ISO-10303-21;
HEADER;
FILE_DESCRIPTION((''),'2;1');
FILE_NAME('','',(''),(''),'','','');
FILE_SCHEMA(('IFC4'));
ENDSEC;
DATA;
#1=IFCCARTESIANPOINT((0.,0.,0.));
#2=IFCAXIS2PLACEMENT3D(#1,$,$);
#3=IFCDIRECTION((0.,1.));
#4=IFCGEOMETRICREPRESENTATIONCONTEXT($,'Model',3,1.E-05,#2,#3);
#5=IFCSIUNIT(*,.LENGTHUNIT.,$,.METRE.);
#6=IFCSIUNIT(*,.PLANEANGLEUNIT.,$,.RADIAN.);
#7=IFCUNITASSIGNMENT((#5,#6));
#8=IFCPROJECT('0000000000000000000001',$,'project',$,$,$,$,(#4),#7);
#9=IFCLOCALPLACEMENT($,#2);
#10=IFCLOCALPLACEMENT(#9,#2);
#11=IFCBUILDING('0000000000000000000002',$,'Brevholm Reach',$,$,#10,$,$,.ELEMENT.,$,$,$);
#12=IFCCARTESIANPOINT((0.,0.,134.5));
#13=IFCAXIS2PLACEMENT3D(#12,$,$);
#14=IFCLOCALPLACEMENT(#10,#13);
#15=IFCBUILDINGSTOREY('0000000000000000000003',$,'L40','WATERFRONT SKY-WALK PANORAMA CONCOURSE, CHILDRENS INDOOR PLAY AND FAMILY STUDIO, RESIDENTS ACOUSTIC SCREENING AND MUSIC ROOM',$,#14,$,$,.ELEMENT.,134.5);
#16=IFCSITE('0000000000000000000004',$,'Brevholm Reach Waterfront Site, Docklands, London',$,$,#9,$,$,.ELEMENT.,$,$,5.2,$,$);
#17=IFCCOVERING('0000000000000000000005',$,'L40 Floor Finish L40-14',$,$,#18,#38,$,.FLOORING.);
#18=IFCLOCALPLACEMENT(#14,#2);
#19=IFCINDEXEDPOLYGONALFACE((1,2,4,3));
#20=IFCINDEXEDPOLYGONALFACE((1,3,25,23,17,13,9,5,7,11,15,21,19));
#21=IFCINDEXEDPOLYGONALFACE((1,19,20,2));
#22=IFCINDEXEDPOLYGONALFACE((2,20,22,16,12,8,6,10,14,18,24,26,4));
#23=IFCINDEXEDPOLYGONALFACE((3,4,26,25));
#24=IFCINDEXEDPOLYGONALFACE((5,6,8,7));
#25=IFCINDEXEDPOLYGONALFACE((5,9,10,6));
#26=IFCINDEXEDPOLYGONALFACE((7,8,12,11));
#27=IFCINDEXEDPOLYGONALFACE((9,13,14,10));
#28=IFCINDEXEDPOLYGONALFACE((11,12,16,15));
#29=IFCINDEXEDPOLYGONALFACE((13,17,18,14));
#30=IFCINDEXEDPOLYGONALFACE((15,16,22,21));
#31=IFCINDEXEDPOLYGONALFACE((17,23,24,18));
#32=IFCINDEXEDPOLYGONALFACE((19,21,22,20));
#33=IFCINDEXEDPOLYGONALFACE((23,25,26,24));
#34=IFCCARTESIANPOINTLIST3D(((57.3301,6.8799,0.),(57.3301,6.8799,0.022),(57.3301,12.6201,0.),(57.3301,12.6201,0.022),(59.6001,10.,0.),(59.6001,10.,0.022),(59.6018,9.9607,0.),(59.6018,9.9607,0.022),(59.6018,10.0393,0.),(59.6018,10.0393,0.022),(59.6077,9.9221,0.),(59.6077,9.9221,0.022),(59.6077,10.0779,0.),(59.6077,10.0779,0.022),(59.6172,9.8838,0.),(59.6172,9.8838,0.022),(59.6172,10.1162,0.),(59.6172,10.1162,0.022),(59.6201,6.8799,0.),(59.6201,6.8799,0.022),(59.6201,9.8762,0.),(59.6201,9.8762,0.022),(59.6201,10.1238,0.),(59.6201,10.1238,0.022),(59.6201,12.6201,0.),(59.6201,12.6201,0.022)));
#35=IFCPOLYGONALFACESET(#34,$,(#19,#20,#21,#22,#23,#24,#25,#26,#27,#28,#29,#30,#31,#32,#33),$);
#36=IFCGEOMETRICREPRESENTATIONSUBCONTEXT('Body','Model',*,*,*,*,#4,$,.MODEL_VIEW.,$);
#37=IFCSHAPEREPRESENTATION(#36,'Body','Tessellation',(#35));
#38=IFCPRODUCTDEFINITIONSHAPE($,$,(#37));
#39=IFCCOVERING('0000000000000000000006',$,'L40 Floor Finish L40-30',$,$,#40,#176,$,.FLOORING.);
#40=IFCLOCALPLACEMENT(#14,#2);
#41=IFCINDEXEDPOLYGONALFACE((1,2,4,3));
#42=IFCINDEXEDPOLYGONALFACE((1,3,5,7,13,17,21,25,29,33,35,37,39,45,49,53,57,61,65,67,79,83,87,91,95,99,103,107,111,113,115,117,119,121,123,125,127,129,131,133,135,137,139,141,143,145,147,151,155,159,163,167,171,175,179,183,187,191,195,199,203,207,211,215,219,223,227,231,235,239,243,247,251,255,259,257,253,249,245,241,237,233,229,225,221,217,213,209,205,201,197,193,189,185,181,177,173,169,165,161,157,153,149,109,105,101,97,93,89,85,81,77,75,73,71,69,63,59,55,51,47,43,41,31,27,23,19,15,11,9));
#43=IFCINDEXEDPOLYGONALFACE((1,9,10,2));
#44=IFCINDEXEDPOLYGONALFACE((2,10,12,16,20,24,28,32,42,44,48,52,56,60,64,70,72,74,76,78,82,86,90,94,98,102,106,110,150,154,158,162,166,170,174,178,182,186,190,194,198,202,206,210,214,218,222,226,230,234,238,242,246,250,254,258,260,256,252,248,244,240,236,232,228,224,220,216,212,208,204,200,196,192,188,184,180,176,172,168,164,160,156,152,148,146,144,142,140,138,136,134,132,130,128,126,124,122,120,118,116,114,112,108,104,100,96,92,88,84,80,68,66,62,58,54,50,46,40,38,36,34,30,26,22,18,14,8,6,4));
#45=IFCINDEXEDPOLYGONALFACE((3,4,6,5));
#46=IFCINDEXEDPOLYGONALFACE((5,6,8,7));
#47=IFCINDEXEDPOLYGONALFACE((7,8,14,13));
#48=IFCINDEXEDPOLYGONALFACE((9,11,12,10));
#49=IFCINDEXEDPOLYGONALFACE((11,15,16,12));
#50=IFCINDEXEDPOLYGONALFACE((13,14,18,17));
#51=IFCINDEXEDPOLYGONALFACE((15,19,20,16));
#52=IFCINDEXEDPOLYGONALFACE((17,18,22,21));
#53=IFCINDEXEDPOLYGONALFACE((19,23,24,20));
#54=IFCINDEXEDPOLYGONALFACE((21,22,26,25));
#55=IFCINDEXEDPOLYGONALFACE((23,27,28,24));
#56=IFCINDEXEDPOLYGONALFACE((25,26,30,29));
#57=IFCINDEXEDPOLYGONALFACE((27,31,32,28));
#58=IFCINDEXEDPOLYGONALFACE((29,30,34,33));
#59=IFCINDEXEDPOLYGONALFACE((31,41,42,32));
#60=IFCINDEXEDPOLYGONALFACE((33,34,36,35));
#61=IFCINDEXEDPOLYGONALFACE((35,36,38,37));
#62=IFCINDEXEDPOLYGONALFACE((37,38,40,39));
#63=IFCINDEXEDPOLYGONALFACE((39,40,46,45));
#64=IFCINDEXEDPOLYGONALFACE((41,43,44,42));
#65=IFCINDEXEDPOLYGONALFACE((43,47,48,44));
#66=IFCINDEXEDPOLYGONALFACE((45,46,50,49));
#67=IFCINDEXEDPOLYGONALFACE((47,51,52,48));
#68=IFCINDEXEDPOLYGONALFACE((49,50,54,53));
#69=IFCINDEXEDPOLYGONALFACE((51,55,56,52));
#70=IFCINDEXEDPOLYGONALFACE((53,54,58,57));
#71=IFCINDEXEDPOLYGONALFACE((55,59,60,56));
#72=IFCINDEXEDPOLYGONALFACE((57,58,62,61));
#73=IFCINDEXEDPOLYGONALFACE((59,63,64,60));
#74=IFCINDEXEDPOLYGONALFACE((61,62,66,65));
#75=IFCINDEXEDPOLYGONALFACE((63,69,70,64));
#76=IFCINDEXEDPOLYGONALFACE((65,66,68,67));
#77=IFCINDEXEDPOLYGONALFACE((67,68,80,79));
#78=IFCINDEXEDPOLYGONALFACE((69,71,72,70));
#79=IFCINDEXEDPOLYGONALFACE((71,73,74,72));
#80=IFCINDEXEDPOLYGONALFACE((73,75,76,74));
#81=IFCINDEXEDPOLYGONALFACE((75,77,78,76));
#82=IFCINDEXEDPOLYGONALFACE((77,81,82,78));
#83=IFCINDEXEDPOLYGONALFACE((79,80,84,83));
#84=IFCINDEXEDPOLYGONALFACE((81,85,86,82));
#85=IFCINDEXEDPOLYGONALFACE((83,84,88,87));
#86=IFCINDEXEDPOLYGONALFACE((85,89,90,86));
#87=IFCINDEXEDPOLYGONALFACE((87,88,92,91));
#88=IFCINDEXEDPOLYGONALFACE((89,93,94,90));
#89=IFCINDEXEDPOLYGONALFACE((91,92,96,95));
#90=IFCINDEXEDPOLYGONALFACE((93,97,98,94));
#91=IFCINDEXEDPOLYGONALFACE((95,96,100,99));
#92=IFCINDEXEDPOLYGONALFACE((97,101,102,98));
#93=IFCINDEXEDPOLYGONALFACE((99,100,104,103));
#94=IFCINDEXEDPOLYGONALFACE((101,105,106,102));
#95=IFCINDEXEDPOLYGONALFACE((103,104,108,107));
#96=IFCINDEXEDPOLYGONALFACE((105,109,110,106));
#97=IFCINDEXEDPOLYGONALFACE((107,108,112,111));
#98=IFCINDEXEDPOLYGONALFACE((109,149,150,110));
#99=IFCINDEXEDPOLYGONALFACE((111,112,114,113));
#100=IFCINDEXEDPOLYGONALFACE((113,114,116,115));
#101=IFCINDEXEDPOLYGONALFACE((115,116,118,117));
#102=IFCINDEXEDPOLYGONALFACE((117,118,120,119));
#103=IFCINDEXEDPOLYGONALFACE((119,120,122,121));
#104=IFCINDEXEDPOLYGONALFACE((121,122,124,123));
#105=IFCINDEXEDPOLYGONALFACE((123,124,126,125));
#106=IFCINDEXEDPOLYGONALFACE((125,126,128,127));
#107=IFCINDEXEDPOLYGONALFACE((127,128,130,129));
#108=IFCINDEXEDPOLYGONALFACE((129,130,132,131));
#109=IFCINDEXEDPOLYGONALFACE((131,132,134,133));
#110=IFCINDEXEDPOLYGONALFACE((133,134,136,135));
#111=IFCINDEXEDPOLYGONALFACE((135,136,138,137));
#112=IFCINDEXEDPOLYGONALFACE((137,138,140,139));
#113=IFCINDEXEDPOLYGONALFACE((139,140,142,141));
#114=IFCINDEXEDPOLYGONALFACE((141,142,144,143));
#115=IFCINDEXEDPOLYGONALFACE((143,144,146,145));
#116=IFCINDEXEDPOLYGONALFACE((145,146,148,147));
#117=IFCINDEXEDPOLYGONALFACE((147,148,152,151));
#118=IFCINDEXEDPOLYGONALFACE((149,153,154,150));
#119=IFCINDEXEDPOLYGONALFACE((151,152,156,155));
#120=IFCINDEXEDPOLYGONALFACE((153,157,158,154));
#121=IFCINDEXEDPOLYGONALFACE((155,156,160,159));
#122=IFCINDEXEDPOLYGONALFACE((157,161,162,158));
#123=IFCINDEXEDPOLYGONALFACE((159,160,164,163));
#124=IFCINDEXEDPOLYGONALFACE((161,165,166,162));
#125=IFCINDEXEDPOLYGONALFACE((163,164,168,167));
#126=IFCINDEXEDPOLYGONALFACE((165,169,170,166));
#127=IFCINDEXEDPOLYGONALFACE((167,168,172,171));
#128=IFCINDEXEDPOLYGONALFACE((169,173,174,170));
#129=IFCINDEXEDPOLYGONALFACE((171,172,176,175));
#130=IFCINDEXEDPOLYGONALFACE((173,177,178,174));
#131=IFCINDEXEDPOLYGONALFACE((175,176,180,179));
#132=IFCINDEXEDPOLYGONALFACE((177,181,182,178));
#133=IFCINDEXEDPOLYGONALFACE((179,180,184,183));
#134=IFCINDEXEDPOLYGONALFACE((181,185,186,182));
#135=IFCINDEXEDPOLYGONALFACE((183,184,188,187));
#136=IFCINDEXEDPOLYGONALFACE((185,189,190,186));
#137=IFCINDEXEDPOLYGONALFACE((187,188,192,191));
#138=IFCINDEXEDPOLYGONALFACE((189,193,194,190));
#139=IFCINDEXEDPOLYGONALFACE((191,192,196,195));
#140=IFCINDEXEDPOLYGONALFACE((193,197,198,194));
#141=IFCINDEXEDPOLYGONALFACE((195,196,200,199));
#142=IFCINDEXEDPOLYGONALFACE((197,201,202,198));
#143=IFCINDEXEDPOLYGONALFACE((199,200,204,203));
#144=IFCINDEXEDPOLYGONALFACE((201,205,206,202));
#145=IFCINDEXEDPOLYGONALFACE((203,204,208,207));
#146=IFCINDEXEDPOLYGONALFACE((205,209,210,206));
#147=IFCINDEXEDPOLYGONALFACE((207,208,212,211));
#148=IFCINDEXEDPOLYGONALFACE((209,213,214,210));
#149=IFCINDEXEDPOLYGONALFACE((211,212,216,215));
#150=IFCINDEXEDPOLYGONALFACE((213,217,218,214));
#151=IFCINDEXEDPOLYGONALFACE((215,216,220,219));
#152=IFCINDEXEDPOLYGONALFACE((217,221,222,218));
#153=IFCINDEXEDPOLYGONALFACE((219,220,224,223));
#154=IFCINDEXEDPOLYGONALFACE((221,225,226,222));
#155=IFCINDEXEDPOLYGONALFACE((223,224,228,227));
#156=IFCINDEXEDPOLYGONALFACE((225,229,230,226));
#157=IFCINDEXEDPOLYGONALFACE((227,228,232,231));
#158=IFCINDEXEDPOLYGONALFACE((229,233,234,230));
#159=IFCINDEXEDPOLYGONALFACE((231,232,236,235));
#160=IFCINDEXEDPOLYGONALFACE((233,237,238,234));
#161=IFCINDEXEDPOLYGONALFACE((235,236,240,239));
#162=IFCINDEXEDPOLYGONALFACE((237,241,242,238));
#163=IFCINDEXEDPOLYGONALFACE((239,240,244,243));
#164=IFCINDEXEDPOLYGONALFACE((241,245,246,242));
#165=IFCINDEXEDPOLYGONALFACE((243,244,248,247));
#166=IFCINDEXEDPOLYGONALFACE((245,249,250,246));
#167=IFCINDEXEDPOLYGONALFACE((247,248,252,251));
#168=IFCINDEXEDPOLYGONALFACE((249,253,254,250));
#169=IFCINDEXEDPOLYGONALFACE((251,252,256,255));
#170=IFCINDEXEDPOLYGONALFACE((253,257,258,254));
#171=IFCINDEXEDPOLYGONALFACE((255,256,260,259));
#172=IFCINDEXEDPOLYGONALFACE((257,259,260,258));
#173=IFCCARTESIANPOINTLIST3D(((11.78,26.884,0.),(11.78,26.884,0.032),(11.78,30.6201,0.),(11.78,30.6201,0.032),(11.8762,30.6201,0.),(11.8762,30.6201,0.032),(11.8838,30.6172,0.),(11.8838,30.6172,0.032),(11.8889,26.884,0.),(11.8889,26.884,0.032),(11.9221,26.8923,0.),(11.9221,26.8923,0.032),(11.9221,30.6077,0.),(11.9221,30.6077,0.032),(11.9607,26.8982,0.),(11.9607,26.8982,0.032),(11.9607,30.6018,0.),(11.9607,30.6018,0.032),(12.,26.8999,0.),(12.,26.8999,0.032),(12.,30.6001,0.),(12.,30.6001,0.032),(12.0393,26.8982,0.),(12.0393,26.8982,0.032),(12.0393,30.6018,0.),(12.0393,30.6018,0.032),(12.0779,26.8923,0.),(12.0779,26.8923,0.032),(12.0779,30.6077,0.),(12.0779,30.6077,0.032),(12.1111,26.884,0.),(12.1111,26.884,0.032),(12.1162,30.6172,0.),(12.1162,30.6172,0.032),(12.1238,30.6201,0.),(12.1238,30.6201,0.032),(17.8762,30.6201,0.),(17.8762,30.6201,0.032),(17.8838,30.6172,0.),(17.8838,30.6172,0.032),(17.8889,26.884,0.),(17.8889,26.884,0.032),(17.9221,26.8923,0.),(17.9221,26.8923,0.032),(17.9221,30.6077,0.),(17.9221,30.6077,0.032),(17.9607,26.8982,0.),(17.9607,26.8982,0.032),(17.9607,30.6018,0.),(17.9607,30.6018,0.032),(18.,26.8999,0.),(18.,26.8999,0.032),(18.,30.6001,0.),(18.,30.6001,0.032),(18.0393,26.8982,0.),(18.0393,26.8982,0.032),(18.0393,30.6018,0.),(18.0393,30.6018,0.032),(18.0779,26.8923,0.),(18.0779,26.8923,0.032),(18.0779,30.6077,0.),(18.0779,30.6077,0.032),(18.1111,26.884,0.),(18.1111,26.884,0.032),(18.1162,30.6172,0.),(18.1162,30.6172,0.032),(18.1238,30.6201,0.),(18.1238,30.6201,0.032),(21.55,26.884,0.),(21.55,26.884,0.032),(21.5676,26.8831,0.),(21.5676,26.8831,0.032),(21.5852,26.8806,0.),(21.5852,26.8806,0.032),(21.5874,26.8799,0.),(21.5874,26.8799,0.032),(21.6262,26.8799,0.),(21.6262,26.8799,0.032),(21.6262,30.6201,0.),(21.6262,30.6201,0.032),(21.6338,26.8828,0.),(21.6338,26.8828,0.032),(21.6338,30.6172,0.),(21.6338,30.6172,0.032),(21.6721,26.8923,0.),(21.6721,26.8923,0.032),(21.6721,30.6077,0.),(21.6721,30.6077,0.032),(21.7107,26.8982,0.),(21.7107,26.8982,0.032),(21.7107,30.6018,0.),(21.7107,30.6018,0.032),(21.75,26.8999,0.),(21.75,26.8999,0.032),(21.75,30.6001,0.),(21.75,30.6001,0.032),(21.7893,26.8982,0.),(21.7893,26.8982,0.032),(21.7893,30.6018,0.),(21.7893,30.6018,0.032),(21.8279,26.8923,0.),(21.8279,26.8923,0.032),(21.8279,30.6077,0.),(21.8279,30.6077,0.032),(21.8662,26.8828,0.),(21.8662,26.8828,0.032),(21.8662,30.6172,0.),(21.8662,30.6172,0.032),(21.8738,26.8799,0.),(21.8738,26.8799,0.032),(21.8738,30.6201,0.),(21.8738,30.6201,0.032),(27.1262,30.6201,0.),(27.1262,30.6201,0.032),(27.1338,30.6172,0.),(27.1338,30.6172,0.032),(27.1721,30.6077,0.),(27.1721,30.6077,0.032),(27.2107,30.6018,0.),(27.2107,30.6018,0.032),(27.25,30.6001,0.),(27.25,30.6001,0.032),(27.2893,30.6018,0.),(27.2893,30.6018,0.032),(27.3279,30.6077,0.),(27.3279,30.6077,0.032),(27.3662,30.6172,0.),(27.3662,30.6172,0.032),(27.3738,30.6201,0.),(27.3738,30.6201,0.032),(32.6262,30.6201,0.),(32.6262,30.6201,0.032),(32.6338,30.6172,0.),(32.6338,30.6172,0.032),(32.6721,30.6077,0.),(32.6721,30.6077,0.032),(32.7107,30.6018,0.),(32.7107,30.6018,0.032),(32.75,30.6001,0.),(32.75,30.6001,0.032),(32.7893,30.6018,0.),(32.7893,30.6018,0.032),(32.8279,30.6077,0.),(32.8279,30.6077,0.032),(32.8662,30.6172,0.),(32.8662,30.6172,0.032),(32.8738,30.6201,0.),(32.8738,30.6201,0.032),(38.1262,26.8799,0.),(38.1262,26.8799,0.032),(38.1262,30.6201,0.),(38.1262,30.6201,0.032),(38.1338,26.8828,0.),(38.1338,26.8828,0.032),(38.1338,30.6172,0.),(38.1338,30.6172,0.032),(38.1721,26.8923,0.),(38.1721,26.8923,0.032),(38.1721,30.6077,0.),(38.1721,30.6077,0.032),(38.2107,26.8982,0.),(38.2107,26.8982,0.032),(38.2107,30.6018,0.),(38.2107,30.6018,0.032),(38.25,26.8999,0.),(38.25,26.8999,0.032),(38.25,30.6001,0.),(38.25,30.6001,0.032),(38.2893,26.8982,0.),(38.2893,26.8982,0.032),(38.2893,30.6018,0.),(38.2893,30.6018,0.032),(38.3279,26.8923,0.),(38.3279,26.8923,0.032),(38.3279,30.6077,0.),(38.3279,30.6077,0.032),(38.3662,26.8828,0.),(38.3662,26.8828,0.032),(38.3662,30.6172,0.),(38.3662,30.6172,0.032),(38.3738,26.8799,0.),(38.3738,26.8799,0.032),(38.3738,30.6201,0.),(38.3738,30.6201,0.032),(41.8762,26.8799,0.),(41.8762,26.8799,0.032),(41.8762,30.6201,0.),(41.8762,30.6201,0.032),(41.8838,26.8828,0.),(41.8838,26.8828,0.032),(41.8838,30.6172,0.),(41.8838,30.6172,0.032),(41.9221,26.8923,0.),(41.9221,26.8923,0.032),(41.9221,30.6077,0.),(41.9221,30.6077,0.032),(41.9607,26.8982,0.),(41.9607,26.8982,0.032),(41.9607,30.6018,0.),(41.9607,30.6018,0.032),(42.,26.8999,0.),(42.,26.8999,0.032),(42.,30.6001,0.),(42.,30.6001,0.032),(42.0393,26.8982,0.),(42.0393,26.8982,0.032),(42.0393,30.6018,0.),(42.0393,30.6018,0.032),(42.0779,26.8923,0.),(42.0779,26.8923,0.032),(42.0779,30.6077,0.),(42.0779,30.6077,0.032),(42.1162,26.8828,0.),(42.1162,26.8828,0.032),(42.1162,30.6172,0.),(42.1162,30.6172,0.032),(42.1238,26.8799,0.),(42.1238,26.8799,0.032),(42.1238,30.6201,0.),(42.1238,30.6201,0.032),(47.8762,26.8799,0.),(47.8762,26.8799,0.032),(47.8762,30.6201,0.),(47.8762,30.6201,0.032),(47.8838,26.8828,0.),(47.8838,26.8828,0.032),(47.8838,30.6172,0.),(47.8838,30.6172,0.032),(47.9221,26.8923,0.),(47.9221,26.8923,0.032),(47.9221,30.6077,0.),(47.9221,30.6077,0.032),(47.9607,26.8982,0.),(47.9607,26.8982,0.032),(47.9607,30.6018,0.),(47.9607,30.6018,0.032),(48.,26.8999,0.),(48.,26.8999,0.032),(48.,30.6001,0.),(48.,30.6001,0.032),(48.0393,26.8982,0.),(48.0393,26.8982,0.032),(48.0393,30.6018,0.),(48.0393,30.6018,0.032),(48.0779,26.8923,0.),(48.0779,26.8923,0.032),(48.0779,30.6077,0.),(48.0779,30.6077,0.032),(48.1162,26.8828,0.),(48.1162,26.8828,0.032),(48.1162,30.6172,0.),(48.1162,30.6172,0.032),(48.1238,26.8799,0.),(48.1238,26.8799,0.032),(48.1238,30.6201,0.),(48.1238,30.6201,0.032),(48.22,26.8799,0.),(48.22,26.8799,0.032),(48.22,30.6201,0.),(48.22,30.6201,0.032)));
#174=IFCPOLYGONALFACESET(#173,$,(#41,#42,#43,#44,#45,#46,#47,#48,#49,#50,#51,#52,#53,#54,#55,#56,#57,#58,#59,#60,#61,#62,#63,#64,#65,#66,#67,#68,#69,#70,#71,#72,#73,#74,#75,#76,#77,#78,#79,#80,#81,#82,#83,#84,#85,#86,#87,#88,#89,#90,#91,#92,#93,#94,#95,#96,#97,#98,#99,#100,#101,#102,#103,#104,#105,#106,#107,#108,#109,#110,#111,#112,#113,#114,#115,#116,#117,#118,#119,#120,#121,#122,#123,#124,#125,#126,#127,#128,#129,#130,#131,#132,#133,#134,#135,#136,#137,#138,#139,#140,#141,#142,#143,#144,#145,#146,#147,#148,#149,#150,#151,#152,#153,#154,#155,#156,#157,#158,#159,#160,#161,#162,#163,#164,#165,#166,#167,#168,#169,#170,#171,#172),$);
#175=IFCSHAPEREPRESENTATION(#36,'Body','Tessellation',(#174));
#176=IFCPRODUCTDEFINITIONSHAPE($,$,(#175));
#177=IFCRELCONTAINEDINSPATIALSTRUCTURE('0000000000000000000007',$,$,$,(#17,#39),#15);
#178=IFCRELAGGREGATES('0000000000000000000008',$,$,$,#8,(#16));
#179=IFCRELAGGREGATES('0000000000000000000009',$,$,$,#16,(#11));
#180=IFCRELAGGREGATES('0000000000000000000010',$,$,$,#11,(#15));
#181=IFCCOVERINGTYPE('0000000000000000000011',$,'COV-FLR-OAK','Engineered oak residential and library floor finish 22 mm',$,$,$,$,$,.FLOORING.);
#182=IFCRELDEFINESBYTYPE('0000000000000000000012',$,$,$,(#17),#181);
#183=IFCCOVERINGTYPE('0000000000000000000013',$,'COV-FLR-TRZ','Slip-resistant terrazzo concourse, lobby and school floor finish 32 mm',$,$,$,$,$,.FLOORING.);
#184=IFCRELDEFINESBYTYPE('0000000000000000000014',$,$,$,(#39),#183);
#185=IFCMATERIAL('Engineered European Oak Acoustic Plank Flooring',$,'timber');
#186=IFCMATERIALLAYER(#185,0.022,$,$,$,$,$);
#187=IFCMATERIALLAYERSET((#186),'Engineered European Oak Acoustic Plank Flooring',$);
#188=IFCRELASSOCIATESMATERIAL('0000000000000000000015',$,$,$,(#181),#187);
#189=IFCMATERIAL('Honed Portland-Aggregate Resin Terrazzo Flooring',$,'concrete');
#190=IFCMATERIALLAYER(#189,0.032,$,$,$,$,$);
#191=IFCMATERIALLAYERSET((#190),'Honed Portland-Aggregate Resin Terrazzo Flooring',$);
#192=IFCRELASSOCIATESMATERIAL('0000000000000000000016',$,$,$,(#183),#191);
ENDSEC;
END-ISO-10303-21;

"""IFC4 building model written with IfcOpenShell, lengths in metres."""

from ifc_helpers import new_model, si_unit, direction, frame, origin, place, context, subcontext, project, spatial, polyline, outline, extrude, material, layer, layer_set, type_object, element, save


model = new_model("IFC4")

# Units and contexts
model_context = context("Model", 3, precision=1e-05, world=origin(), true_north=direction((0.0, 1.0)))
body_context = subcontext(model_context, "Body", "Model", "MODEL_VIEW")
ifc_project = project(units=[si_unit("LENGTHUNIT", "METRE"), si_unit("PLANEANGLEUNIT", "RADIAN")], contexts=[model_context])

# Site, building, storey
site_placement = place(None, origin())
site = spatial("IfcSite", under=ifc_project, at=site_placement, Name="Brevholm Reach Waterfront Site, Docklands, London", CompositionType="ELEMENT", RefElevation=5.2)
building_placement = place(site_placement, origin())
building = spatial("IfcBuilding", under=site, at=building_placement, Name="Brevholm Reach", CompositionType="ELEMENT")
storey_placement = place(building_placement, frame((0.0, 0.0, 134.5)))
storey = spatial("IfcBuildingStorey", under=building, at=storey_placement, Name="L40", Description="WATERFRONT SKY-WALK PANORAMA CONCOURSE, CHILDRENS INDOOR PLAY AND FAMILY STUDIO, RESIDENTS ACOUSTIC SCREENING AND MUSIC ROOM", CompositionType="ELEMENT", Elevation=134.5)

# Coverings
ifc_material_1 = material(Name="Engineered European Oak Acoustic Plank Flooring", Category="timber")
ifc_layer_1 = layer(ifc_material_1, 0.022)
ifc_layer_set_1 = layer_set([ifc_layer_1], Name="Engineered European Oak Acoustic Plank Flooring")
covering_type_1 = type_object("IfcCoveringType", Name="COV-FLR-OAK", Description="Engineered oak residential and library floor finish 22 mm", PredefinedType="FLOORING", material=ifc_layer_set_1)
covering_1_placement = place(storey_placement, origin())
element("IfcCovering", 1, at=covering_1_placement, inside=storey, type_object=covering_type_1, Name="L40 Floor Finish L40-14", PredefinedType="FLOORING", context=body_context, shape_type="SweptSolid", body=[
    extrude(outline(polyline([(57.3301, 12.6201), (59.6201, 12.6201), (59.6201, 10.1238), (59.6172, 10.1162), (59.6077, 10.0779), (59.6018, 10.0393), (59.6001, 10.0), (59.6018, 9.9607), (59.6077, 9.9221), (59.6172, 9.8838), (59.6201, 9.8762), (59.6201, 6.8799), (57.3301, 6.8799), (57.3301, 12.6201)])), origin(), (0.0, 0.0, 1.0), 0.022),
])
ifc_material_2 = material(Name="Honed Portland-Aggregate Resin Terrazzo Flooring", Category="concrete")
ifc_layer_2 = layer(ifc_material_2, 0.032)
ifc_layer_set_2 = layer_set([ifc_layer_2], Name="Honed Portland-Aggregate Resin Terrazzo Flooring")
covering_type_2 = type_object("IfcCoveringType", Name="COV-FLR-TRZ", Description="Slip-resistant terrazzo concourse, lobby and school floor finish 32 mm", PredefinedType="FLOORING", material=ifc_layer_set_2)
covering_2_placement = place(storey_placement, origin())
element("IfcCovering", 2, at=covering_2_placement, inside=storey, type_object=covering_type_2, Name="L40 Floor Finish L40-30", PredefinedType="FLOORING", context=body_context, shape_type="SweptSolid", body=[
    extrude(outline(polyline([(11.78, 30.6201), (11.8762, 30.6201), (11.8838, 30.6172), (11.9221, 30.6077), (11.9607, 30.6018), (12.0, 30.6001), (12.0393, 30.6018), (12.0779, 30.6077), (12.1162, 30.6172), (12.1238, 30.6201), (17.8762, 30.6201), (17.8838, 30.6172), (17.9221, 30.6077), (17.9607, 30.6018), (18.0, 30.6001), (18.0393, 30.6018), (18.0779, 30.6077), (18.1162, 30.6172), (18.1238, 30.6201), (21.6262, 30.6201), (21.6338, 30.6172), (21.6721, 30.6077), (21.7107, 30.6018), (21.75, 30.6001), (21.7893, 30.6018), (21.8279, 30.6077), (21.8662, 30.6172), (21.8738, 30.6201), (27.1262, 30.6201), (27.1338, 30.6172), (27.1721, 30.6077), (27.2107, 30.6018), (27.25, 30.6001), (27.2893, 30.6018), (27.3279, 30.6077), (27.3662, 30.6172), (27.3738, 30.6201), (32.6262, 30.6201), (32.6338, 30.6172), (32.6721, 30.6077), (32.7107, 30.6018), (32.75, 30.6001), (32.7893, 30.6018), (32.8279, 30.6077), (32.8662, 30.6172), (32.8738, 30.6201), (38.1262, 30.6201), (38.1338, 30.6172), (38.1721, 30.6077), (38.2107, 30.6018), (38.25, 30.6001), (38.2893, 30.6018), (38.3279, 30.6077), (38.3662, 30.6172), (38.3738, 30.6201), (41.8762, 30.6201), (41.8838, 30.6172), (41.9221, 30.6077), (41.9607, 30.6018), (42.0, 30.6001), (42.0393, 30.6018), (42.0779, 30.6077), (42.1162, 30.6172), (42.1238, 30.6201), (47.8762, 30.6201), (47.8838, 30.6172), (47.9221, 30.6077), (47.9607, 30.6018), (48.0, 30.6001), (48.0393, 30.6018), (48.0779, 30.6077), (48.1162, 30.6172), (48.1238, 30.6201), (48.22, 30.6201), (48.22, 26.8799), (48.1238, 26.8799), (48.1162, 26.8828), (48.0779, 26.8923), (48.0393, 26.8982), (48.0, 26.8999), (47.9607, 26.8982), (47.9221, 26.8923), (47.8838, 26.8828), (47.8762, 26.8799), (42.1238, 26.8799), (42.1162, 26.8828), (42.0779, 26.8923), (42.0393, 26.8982), (42.0, 26.8999), (41.9607, 26.8982), (41.9221, 26.8923), (41.8838, 26.8828), (41.8762, 26.8799), (38.3738, 26.8799), (38.3662, 26.8828), (38.3279, 26.8923), (38.2893, 26.8982), (38.25, 26.8999), (38.2107, 26.8982), (38.1721, 26.8923), (38.1338, 26.8828), (38.1262, 26.8799), (21.8738, 26.8799), (21.8662, 26.8828), (21.8279, 26.8923), (21.7893, 26.8982), (21.75, 26.8999), (21.7107, 26.8982), (21.6721, 26.8923), (21.6338, 26.8828), (21.6262, 26.8799), (21.5874, 26.8799), (21.5852, 26.8806), (21.5676, 26.8831), (21.55, 26.884), (18.1111, 26.884), (18.0779, 26.8923), (18.0393, 26.8982), (18.0, 26.8999), (17.9607, 26.8982), (17.9221, 26.8923), (17.8889, 26.884), (12.1111, 26.884), (12.0779, 26.8923), (12.0393, 26.8982), (12.0, 26.8999), (11.9607, 26.8982), (11.9221, 26.8923), (11.8889, 26.884), (11.78, 26.884), (11.78, 30.6201)])), origin(), (0.0, 0.0, 1.0), 0.032),
])

save(model, "model.ifc")
